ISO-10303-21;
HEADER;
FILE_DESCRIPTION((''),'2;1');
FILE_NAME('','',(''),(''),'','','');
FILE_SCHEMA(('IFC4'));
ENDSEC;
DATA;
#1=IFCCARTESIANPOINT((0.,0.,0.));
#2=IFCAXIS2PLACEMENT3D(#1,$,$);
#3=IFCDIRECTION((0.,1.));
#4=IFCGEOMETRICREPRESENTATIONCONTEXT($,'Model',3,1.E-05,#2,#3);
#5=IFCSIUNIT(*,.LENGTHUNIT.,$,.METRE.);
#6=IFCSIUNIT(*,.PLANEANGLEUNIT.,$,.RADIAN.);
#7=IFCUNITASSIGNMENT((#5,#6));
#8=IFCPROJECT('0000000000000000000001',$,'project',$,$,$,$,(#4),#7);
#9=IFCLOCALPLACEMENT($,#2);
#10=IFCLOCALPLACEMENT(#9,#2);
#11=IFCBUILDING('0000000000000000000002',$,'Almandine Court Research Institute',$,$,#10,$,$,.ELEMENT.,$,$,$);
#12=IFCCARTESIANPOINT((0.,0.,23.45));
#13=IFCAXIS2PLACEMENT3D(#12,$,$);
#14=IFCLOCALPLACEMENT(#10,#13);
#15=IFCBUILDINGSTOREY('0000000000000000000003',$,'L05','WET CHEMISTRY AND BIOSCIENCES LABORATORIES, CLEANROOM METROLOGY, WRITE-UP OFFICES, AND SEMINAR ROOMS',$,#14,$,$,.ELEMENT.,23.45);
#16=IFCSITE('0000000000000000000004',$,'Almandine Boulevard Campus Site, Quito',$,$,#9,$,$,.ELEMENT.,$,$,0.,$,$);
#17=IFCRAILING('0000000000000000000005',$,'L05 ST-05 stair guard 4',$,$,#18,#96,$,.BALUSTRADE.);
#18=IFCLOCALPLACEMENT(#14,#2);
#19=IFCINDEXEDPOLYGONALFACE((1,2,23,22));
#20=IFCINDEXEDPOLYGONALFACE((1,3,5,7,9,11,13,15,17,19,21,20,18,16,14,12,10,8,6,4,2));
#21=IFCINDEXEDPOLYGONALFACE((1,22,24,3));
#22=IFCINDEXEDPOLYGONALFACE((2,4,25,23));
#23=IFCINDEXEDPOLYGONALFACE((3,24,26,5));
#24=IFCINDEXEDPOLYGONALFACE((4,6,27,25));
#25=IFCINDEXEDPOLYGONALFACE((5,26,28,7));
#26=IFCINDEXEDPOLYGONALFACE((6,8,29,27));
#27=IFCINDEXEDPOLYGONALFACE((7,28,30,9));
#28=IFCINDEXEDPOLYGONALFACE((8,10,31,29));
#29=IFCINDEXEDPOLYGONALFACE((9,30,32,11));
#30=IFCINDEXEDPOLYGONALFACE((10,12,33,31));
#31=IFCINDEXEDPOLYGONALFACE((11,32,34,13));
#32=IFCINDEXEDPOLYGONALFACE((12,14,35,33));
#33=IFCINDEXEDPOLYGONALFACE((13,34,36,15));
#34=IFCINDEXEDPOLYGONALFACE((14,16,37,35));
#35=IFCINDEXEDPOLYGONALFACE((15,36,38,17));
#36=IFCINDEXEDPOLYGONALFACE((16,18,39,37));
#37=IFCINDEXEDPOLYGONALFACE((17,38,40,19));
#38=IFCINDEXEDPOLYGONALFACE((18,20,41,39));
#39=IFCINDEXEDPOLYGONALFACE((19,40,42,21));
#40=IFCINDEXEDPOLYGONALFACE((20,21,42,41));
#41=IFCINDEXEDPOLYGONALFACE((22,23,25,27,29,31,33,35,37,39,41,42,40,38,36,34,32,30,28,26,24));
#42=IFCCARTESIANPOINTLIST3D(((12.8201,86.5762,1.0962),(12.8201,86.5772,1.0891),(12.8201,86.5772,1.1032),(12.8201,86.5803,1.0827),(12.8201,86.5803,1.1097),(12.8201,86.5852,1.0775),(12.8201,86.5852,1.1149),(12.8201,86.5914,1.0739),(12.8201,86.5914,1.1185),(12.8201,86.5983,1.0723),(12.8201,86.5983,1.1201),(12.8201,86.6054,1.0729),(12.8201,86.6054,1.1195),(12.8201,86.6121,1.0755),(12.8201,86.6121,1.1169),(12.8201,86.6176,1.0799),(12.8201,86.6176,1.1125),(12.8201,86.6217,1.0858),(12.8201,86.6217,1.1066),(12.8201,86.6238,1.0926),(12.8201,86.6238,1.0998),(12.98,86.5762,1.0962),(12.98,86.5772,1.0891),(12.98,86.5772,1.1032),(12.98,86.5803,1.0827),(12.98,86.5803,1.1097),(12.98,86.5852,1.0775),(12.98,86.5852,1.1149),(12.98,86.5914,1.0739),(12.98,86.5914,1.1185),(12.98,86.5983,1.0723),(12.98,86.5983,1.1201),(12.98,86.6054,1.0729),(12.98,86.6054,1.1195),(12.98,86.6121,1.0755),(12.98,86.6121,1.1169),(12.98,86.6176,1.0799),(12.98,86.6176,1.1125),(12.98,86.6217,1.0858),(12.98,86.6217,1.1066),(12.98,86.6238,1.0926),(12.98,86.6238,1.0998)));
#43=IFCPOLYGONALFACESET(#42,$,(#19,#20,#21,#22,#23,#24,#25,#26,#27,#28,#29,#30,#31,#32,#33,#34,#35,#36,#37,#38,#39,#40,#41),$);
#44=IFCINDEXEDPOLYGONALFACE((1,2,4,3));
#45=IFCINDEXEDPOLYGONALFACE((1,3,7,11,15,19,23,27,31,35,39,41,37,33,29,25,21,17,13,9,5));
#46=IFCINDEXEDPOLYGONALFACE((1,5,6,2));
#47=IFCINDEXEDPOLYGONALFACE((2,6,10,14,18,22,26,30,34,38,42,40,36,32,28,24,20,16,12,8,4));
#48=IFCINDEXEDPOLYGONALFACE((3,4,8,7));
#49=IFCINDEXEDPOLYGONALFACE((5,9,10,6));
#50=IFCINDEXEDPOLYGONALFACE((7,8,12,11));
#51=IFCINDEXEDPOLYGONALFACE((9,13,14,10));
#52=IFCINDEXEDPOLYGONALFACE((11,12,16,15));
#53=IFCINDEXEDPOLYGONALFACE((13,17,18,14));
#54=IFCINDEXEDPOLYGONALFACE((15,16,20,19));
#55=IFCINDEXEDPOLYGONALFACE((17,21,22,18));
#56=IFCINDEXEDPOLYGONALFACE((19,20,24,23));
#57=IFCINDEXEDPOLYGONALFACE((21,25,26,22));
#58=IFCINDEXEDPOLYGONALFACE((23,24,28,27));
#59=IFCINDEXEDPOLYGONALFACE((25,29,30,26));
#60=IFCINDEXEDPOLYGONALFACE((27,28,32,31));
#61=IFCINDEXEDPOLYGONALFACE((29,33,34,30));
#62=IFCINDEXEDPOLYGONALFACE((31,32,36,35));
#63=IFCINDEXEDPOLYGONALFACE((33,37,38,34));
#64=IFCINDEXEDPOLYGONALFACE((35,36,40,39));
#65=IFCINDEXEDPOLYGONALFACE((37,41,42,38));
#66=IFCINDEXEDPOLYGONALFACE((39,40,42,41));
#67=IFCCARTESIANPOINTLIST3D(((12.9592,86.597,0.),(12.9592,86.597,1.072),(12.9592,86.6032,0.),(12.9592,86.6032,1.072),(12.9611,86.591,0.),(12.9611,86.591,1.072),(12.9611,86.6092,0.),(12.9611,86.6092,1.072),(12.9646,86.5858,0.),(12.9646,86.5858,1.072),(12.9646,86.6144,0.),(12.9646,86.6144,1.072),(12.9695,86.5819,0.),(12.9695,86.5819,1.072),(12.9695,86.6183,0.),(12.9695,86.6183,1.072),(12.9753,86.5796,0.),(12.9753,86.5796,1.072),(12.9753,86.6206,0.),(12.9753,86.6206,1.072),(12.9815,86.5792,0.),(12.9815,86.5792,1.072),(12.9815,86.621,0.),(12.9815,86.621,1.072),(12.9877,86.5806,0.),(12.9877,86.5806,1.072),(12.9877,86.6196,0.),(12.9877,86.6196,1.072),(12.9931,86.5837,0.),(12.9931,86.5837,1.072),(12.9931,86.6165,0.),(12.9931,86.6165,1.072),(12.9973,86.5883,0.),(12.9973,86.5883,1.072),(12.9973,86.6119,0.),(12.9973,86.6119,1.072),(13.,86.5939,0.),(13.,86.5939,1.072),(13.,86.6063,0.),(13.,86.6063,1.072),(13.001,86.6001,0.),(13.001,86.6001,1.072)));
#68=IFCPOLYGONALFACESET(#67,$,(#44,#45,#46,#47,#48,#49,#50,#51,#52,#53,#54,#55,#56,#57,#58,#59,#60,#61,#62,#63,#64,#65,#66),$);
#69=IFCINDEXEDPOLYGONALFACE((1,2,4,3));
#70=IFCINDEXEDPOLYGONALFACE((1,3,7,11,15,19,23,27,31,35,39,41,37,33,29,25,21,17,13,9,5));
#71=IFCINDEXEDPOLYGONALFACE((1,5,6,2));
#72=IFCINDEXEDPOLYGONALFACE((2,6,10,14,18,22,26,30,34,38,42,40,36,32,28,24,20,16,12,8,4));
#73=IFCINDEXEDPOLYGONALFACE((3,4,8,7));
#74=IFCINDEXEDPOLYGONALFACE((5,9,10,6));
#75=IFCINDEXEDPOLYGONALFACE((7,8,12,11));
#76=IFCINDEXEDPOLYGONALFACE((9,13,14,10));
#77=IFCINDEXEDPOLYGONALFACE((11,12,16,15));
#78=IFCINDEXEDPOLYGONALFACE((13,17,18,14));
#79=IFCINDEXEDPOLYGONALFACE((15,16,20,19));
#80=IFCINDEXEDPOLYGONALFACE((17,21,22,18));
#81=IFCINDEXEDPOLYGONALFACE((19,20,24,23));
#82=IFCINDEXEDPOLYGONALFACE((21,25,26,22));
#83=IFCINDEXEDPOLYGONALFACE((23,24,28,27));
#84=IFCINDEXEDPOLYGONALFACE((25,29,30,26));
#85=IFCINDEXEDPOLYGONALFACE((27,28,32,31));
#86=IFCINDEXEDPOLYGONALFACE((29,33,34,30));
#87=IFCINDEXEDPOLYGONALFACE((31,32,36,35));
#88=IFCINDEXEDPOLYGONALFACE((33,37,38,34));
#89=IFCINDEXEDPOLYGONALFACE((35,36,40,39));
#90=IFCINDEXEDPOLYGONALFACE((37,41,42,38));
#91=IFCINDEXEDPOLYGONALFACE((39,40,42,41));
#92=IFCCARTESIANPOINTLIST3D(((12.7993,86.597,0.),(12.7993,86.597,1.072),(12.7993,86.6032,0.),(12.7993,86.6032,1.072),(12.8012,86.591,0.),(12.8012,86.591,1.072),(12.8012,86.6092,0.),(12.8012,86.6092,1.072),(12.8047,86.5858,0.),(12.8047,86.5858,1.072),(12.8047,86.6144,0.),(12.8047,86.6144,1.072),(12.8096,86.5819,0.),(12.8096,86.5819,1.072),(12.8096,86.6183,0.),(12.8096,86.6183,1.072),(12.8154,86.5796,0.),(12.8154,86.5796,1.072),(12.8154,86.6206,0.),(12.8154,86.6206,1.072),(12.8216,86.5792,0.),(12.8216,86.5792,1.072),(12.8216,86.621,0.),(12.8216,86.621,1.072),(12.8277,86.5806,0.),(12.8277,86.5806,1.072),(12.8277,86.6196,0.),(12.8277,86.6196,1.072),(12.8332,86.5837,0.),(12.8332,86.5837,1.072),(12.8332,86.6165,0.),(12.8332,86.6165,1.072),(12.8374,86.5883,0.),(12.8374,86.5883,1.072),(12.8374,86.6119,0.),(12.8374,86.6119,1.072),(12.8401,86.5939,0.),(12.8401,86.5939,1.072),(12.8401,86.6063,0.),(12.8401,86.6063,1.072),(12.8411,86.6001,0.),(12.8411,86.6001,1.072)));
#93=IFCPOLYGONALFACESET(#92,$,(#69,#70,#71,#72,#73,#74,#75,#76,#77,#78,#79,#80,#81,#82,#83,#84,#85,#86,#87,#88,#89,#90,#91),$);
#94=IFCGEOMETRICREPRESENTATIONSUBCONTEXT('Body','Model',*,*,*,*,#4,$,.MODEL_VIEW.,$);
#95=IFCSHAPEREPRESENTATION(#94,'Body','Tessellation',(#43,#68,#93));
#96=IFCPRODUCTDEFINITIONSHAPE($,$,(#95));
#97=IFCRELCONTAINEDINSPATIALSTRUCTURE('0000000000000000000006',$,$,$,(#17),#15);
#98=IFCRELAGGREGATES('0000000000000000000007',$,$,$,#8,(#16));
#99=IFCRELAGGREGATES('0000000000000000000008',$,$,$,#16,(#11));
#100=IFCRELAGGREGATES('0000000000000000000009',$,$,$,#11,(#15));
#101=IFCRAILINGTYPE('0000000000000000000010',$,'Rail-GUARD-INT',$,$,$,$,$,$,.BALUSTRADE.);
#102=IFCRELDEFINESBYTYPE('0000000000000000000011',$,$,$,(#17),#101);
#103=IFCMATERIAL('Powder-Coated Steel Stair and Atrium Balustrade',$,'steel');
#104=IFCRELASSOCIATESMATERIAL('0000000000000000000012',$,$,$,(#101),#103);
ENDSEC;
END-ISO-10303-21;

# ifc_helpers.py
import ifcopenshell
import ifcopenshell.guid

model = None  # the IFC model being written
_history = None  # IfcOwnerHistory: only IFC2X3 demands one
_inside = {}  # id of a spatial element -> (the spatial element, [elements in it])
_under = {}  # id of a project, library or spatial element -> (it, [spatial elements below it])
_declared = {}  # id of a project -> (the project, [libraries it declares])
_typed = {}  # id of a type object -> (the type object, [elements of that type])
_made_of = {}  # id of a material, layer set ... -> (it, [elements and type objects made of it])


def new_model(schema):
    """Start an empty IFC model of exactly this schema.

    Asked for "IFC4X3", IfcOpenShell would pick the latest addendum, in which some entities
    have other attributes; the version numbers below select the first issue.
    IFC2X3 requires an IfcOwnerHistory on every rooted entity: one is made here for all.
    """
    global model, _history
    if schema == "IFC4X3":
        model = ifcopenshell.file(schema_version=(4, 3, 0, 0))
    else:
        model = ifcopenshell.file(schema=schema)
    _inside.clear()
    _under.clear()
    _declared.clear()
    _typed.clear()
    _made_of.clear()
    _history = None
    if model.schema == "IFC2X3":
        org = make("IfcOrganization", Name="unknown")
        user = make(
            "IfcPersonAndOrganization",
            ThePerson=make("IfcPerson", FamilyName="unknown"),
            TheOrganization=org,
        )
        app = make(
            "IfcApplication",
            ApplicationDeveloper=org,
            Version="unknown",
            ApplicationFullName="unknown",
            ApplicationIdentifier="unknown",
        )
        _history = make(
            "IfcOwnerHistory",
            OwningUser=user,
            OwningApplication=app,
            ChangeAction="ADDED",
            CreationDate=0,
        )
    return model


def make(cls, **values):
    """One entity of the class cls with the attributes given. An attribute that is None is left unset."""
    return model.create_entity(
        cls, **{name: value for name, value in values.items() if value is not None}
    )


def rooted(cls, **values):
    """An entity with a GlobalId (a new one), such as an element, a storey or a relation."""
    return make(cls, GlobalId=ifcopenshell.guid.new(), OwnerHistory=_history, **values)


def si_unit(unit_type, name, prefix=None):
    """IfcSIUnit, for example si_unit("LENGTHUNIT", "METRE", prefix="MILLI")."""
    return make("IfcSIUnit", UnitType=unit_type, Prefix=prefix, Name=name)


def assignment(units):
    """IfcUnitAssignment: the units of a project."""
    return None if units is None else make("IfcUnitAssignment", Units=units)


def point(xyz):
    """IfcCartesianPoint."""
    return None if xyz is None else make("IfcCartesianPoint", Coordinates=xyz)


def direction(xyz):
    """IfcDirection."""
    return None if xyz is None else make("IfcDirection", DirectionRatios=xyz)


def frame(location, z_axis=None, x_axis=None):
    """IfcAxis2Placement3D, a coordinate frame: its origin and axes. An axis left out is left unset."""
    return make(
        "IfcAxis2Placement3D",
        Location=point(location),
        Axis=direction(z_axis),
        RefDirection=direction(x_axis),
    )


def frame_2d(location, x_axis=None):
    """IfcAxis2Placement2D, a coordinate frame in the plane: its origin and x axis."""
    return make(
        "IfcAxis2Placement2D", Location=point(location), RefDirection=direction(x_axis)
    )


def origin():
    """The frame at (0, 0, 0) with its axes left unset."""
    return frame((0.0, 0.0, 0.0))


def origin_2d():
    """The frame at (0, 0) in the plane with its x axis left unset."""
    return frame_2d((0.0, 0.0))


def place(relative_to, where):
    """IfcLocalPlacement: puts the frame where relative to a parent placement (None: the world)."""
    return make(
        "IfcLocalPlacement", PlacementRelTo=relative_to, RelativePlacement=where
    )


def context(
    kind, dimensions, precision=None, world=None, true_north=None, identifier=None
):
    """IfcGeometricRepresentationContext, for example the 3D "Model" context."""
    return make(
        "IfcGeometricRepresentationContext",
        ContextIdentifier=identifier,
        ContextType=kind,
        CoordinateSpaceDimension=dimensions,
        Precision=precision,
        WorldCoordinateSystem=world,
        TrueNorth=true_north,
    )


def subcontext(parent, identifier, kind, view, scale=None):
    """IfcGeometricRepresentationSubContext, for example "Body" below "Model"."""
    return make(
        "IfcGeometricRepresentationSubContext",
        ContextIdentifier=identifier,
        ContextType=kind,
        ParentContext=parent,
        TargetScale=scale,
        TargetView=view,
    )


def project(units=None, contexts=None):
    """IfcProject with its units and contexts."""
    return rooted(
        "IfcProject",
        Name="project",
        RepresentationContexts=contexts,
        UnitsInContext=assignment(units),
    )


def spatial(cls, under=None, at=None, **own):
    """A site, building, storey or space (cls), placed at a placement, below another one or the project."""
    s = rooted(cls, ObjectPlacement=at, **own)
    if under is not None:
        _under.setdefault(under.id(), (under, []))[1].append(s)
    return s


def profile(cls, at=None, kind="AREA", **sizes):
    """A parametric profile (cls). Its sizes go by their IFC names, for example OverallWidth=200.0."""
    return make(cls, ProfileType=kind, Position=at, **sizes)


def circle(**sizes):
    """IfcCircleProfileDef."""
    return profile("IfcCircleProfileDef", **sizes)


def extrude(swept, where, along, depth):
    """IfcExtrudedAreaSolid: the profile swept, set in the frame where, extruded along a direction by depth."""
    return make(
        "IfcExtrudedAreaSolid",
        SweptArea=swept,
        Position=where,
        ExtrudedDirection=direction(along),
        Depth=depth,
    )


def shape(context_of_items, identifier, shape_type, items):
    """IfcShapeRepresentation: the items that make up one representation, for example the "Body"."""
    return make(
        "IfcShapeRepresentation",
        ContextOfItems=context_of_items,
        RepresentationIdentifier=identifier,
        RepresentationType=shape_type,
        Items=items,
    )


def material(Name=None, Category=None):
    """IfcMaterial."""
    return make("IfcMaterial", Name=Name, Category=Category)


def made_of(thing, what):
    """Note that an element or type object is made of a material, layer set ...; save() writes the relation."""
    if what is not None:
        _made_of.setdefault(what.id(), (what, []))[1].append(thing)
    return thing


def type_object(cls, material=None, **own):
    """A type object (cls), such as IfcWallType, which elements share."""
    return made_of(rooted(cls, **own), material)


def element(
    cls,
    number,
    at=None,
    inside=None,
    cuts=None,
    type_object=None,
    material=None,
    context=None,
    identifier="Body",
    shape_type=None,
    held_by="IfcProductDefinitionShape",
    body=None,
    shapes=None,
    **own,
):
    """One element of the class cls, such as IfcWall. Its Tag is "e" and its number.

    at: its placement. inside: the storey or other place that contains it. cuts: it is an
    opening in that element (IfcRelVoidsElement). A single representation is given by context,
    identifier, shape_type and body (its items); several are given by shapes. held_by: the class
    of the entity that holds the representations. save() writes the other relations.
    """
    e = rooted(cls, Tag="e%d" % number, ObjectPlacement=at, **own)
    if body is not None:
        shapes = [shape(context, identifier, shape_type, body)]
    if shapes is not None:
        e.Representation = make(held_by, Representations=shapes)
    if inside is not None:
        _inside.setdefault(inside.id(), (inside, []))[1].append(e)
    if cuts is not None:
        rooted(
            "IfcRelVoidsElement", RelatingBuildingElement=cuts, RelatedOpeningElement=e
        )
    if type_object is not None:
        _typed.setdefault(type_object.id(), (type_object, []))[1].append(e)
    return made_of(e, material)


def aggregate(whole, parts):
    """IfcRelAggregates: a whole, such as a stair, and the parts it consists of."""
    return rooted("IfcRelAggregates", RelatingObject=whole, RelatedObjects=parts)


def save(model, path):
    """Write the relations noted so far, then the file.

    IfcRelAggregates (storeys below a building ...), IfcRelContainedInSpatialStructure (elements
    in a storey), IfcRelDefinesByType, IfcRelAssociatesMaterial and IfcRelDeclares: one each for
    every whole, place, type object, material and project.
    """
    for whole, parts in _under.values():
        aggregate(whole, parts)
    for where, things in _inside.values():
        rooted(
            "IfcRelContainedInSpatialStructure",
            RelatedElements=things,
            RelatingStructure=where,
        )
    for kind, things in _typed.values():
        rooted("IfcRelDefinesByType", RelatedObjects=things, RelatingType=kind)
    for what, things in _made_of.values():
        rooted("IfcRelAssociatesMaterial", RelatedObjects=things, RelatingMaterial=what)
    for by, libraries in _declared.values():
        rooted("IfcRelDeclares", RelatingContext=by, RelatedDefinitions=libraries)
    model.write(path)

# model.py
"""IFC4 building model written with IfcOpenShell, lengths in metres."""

from ifc_helpers import new_model, si_unit, direction, frame, origin, origin_2d, place, context, subcontext, project, spatial, circle, extrude, material, type_object, element, save


model = new_model("IFC4")

# Units and contexts
model_context = context("Model", 3, precision=1e-05, world=origin(), true_north=direction((0.0, 1.0)))
body_context = subcontext(model_context, "Body", "Model", "MODEL_VIEW")
ifc_project = project(units=[si_unit("LENGTHUNIT", "METRE"), si_unit("PLANEANGLEUNIT", "RADIAN")], contexts=[model_context])

# Site, building, storey
site_placement = place(None, origin())
site = spatial("IfcSite", under=ifc_project, at=site_placement, Name="Almandine Boulevard Campus Site, Quito", CompositionType="ELEMENT", RefElevation=0.0)
building_placement = place(site_placement, origin())
building = spatial("IfcBuilding", under=site, at=building_placement, Name="Almandine Court Research Institute", CompositionType="ELEMENT")
storey_placement = place(building_placement, frame((0.0, 0.0, 23.45)))
storey = spatial("IfcBuildingStorey", under=building, at=storey_placement, Name="L05", Description="WET CHEMISTRY AND BIOSCIENCES LABORATORIES, CLEANROOM METROLOGY, WRITE-UP OFFICES, AND SEMINAR ROOMS", CompositionType="ELEMENT", Elevation=23.45)

# Railing
ifc_material_1 = material(Name="Powder-Coated Steel Stair and Atrium Balustrade", Category="steel")
railing_type_1 = type_object("IfcRailingType", Name="Rail-GUARD-INT", PredefinedType="BALUSTRADE", material=ifc_material_1)
railing_1_placement = place(storey_placement, frame((12.98, 86.6001, 0.0)))
element("IfcRailing", 1, at=railing_1_placement, inside=storey, type_object=railing_type_1, Name="L05 ST-05 stair guard 4", PredefinedType="BALUSTRADE", context=body_context, shape_type="SweptSolid", body=[
    extrude(circle(Radius=0.0239, at=origin_2d()), frame((0.0, 0.0, 1.0962), z_axis=(-1.0, 0.0, 0.0), x_axis=(0.0, -1.0, 0.0)), (0.0, 0.0, 1.0), 0.1599),
    extrude(circle(Radius=0.021, at=origin_2d()), origin(), (0.0, 0.0, 1.0), 1.072),
    extrude(circle(Radius=0.021, at=origin_2d()), frame((-0.1599, 0.0, 0.0)), (0.0, 0.0, 1.0), 1.072),
])

save(model, "model.ifc")
